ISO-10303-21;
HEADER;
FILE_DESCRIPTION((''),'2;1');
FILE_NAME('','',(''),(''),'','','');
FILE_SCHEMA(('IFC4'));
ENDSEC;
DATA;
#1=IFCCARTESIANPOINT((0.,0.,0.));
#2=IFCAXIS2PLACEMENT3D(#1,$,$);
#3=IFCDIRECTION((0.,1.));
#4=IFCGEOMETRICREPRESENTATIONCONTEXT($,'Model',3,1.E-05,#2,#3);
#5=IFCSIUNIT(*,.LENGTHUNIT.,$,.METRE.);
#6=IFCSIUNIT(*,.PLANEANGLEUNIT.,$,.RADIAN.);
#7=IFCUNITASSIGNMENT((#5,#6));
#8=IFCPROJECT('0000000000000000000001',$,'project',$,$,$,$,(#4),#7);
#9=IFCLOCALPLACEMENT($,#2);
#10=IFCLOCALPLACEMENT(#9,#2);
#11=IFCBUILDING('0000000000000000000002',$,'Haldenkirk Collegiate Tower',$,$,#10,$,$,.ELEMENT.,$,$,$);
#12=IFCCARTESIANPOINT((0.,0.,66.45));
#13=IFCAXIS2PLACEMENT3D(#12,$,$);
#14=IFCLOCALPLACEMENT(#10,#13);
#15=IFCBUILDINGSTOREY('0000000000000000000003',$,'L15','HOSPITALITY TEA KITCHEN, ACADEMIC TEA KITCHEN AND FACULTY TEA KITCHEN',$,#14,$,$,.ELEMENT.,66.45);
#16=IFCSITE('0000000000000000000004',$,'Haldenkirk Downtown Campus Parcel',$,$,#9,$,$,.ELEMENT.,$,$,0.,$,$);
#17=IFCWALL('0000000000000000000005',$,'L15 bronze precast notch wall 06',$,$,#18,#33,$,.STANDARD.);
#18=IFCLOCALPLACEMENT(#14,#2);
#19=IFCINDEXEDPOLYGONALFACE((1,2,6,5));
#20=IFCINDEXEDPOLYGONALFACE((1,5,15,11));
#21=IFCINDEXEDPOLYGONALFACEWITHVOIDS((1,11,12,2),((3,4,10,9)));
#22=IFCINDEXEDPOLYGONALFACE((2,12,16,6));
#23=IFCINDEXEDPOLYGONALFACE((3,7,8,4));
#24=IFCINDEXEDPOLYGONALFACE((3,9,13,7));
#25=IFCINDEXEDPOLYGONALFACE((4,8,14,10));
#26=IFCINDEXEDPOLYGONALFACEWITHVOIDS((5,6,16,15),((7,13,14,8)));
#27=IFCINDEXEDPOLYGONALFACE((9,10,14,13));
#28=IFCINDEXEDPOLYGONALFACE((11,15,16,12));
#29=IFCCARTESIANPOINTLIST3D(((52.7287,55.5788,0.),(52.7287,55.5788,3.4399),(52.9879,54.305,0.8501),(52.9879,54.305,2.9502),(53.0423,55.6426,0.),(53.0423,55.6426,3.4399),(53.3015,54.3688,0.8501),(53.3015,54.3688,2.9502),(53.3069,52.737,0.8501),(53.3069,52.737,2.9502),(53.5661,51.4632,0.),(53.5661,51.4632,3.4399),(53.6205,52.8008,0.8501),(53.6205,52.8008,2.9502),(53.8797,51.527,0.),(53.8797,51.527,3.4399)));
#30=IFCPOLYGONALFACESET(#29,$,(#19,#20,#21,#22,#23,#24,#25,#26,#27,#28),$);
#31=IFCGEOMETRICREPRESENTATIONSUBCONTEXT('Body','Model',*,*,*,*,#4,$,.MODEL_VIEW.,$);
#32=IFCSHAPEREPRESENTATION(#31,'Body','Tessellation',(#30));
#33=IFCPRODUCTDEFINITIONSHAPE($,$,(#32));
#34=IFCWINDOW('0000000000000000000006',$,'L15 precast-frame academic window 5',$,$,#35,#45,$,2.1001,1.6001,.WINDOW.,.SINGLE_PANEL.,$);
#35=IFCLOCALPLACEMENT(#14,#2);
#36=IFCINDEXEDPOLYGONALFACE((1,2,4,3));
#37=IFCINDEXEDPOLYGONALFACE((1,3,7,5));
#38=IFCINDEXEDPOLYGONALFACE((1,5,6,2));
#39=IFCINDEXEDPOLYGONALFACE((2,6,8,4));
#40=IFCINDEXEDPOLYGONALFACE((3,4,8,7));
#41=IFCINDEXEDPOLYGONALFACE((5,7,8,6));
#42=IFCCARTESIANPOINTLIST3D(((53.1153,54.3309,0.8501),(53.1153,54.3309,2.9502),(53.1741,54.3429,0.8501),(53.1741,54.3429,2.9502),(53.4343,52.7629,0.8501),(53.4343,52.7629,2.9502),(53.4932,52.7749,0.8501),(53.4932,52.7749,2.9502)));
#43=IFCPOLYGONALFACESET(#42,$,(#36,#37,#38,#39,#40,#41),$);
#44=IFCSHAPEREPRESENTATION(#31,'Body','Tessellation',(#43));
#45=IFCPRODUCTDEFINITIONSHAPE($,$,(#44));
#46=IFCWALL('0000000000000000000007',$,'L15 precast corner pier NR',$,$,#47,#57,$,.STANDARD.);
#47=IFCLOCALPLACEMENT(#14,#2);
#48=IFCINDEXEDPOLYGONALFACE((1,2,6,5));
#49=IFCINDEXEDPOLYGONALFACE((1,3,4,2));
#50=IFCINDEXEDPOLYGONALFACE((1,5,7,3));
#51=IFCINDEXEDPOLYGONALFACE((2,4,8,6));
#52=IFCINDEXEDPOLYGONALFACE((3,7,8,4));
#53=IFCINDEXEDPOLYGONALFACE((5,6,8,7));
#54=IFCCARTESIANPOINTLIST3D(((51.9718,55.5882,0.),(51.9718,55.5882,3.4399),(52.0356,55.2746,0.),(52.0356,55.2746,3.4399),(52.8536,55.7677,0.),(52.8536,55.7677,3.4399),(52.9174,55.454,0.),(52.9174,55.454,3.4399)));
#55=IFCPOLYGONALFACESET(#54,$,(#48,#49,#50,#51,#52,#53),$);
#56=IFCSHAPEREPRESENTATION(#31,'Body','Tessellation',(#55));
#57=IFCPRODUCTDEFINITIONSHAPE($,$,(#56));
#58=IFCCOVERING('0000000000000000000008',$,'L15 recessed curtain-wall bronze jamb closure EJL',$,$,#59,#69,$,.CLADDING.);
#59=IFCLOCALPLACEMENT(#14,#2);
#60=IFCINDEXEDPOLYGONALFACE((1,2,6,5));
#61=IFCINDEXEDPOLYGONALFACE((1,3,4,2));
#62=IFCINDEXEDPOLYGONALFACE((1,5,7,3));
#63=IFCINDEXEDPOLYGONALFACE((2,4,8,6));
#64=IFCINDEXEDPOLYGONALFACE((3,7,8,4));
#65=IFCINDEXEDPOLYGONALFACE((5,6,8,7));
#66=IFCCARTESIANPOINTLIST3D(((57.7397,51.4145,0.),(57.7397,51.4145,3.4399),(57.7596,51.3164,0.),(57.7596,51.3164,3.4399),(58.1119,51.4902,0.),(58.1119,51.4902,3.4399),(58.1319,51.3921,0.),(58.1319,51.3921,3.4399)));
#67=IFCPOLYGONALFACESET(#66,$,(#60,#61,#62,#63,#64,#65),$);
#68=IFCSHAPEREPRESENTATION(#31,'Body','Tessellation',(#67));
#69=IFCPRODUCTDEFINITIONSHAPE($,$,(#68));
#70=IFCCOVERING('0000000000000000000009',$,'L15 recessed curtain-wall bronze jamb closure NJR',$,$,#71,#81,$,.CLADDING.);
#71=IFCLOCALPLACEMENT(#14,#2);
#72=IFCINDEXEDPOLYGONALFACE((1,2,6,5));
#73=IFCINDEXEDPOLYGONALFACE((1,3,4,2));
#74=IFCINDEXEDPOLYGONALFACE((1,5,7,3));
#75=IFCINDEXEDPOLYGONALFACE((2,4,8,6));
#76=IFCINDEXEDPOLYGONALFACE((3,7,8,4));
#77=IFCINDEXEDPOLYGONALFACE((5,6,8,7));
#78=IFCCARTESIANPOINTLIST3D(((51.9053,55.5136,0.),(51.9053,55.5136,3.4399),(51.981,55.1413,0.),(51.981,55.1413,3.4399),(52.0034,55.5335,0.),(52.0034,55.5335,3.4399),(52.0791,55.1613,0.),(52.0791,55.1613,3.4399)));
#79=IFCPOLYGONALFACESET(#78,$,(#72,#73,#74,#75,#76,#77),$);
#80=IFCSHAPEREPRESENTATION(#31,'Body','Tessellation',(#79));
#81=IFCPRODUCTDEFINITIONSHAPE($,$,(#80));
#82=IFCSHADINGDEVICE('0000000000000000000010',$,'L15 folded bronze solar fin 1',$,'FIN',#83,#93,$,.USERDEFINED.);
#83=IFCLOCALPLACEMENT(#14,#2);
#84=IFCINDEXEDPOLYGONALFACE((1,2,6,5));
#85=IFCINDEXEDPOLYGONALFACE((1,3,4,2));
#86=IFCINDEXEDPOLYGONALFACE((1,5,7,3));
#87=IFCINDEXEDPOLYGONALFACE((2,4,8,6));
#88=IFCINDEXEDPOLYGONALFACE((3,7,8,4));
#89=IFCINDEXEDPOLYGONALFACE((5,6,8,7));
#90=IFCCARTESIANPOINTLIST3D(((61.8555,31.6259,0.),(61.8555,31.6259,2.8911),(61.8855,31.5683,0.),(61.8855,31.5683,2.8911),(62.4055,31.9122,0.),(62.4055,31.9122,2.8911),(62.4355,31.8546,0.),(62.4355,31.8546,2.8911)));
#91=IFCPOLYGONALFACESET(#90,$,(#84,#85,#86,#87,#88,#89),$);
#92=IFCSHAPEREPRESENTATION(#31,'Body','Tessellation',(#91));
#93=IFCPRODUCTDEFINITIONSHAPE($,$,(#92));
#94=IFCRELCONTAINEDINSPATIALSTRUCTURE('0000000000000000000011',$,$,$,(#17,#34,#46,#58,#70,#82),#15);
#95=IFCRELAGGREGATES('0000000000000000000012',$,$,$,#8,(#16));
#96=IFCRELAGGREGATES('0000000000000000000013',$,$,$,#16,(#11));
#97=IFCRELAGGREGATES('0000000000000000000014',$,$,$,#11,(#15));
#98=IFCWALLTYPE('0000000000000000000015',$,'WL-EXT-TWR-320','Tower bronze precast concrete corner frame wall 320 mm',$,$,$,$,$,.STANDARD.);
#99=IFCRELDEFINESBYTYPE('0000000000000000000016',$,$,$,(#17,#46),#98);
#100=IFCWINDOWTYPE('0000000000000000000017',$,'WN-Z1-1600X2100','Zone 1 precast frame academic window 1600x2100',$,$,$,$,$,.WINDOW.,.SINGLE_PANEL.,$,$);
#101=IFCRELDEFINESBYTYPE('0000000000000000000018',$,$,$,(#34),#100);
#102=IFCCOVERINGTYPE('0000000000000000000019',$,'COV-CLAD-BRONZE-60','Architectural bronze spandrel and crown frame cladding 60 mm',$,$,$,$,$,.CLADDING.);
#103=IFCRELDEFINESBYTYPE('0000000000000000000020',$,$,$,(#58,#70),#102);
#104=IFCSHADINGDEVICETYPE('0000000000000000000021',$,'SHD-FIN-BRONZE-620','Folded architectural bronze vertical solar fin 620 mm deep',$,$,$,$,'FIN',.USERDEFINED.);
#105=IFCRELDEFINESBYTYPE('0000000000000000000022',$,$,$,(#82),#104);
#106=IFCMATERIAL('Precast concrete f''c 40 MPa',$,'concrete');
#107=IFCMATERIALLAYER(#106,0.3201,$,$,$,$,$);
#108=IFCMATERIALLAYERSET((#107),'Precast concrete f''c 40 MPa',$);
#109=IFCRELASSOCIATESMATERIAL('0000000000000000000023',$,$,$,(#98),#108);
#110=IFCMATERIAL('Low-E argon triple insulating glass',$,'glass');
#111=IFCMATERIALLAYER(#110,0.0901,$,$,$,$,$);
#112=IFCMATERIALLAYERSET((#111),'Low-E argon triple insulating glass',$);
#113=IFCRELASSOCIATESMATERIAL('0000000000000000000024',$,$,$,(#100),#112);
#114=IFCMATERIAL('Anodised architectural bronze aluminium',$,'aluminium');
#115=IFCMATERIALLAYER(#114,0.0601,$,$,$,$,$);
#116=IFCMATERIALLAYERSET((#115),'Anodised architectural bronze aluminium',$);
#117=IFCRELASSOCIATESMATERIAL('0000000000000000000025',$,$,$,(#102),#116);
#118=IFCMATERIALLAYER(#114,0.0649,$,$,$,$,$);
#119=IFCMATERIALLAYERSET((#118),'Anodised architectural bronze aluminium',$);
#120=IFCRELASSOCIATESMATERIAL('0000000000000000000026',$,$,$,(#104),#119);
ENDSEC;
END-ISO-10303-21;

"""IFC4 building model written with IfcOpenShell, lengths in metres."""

from ifc_helpers import new_model, si_unit, direction, frame, frame_2d, origin, origin_2d, place, context, subcontext, project, spatial, rectangle, extrude, source, transform, mapped, material, layer, layer_set, type_object, element, fill, save


model = new_model("IFC4")

# Units and contexts
model_context = context("Model", 3, precision=1e-05, world=origin(), true_north=direction((0.0, 1.0)))
body_context = subcontext(model_context, "Body", "Model", "MODEL_VIEW")
ifc_project = project(units=[si_unit("LENGTHUNIT", "METRE"), si_unit("PLANEANGLEUNIT", "RADIAN")], contexts=[model_context])

# Site, building, storey
site_placement = place(None, origin())
site = spatial("IfcSite", under=ifc_project, at=site_placement, Name="Haldenkirk Downtown Campus Parcel", CompositionType="ELEMENT", RefElevation=0.0)
building_placement = place(site_placement, origin())
building = spatial("IfcBuilding", under=site, at=building_placement, Name="Haldenkirk Collegiate Tower", CompositionType="ELEMENT")
storey_placement = place(building_placement, frame((0.0, 0.0, 66.45)))
storey = spatial("IfcBuildingStorey", under=building, at=storey_placement, Name="L15", Description="HOSPITALITY TEA KITCHEN, ACADEMIC TEA KITCHEN AND FACULTY TEA KITCHEN", CompositionType="ELEMENT", Elevation=66.45)

# Shared definitions
ifc_material_1 = material(Name="Anodised architectural bronze aluminium", Category="aluminium")

# Shared definitions
ifc_material_2 = material(Name="Low-E argon triple insulating glass", Category="glass")

# Shared definitions
ifc_material_3 = material(Name="Precast concrete f'c 40 MPa", Category="concrete")
ifc_layer_1 = layer(ifc_material_3, 0.3201)
ifc_layer_set_1 = layer_set([ifc_layer_1], Name="Precast concrete f'c 40 MPa")
wall_type = type_object("IfcWallType", Name="WL-EXT-TWR-320", Description="Tower bronze precast concrete corner frame wall 320 mm", PredefinedType="STANDARD", material=ifc_layer_set_1)

# Wall, opening, window
wall_1_placement = place(storey_placement, frame((52.8855, 55.6108, 0.0), z_axis=(0.0, 0.0, 1.0), x_axis=(0.199379, -0.979922, 0.0)))
wall_1 = element("IfcWall", 1, at=wall_1_placement, inside=storey, type_object=wall_type, Name="L15 bronze precast notch wall 06", PredefinedType="STANDARD", context=body_context, shape_type="SweptSolid", body=[
    extrude(rectangle(XDim=4.2, YDim=0.3201, at=frame_2d((2.1001, 0.0))), origin(), (0.0, 0.0, 1.0), 3.4399),
])
opening_placement = place(wall_1_placement, frame((1.3, 0.0, 0.8501)))
opening = element("IfcOpeningElement", 2, at=opening_placement, cuts=wall_1, PredefinedType="OPENING", context=body_context, shape_type="SweptSolid", body=[
    extrude(rectangle(XDim=1.6001, YDim=2.1001, at=frame_2d((0.8, 1.05))), frame((0.0, 0.1699, 0.0), z_axis=(0.0, -1.0, 0.0), x_axis=(1.0, 0.0, 0.0)), (0.0, 0.0, 1.0), 0.3401),
])
ifc_layer_2 = layer(ifc_material_2, 0.0901)
ifc_layer_set_2 = layer_set([ifc_layer_2], Name="Low-E argon triple insulating glass")
window_type = type_object("IfcWindowType", Name="WN-Z1-1600X2100", Description="Zone 1 precast frame academic window 1600x2100", PartitioningType="SINGLE_PANEL", PredefinedType="WINDOW", material=ifc_layer_set_2)
window_placement = place(opening_placement, origin())
window = element("IfcWindow", 3, at=window_placement, inside=storey, type_object=window_type, Name="L15 precast-frame academic window 5", OverallHeight=2.1001, OverallWidth=1.6001, PartitioningType="SINGLE_PANEL", PredefinedType="WINDOW", context=body_context, shape_type="SweptSolid", body=[
    extrude(rectangle(XDim=1.6001, YDim=2.1001, at=frame_2d((0.8, 1.05))), frame((0.0, 0.03, 0.0), z_axis=(0.0, -1.0, 0.0), x_axis=(1.0, 0.0, 0.0)), (0.0, 0.0, 1.0), 0.0601),
])
fill(opening, window)

# Wall
wall_2_placement = place(storey_placement, frame((52.0037, 55.4314, 0.0), z_axis=(0.0, 0.0, 1.0), x_axis=(0.979918, 0.199402, 0.0)))
element("IfcWall", 4, at=wall_2_placement, inside=storey, type_object=wall_type, Name="L15 precast corner pier NR", PredefinedType="STANDARD", context=body_context, shape_type="SweptSolid", body=[
    extrude(rectangle(XDim=0.8999, YDim=0.3201, at=frame_2d((0.45, 0.0))), origin(), (0.0, 0.0, 1.0), 3.4399),
])

# Coverings
ifc_layer_3 = layer(ifc_material_1, 0.0601)
ifc_layer_set_3 = layer_set([ifc_layer_3], Name="Anodised architectural bronze aluminium")
covering_type = type_object("IfcCoveringType", Name="COV-CLAD-BRONZE-60", Description="Architectural bronze spandrel and crown frame cladding 60 mm", PredefinedType="CLADDING", material=ifc_layer_set_3)
shared_shape_1 = source(origin(), body_context, "Body", "SweptSolid", [
    extrude(rectangle(XDim=0.1001, YDim=0.3799, at=origin_2d()), origin(), (0.0, 0.0, 1.0), 3.4399),
])
for number, where, z_axis, x_axis, name in (
    (5, (57.9358, 51.4033, 0.0), (0.0, 0.0, 1.0), (0.199368, -0.979925, 0.0), "L15 recessed curtain-wall bronze jamb closure EJL"),
    (6, (51.9922, 55.3374, 0.0), (0.0, 0.0, 1.0), (0.979925, 0.199368, 0.0), "L15 recessed curtain-wall bronze jamb closure NJR"),
):
    element("IfcCovering", number, at=place(storey_placement, frame(where, z_axis=z_axis, x_axis=x_axis)), inside=storey, type_object=covering_type, Name=name, PredefinedType="CLADDING", context=body_context, shape_type="MappedRepresentation", body=[
        mapped(shared_shape_1, transform((0.0, 0.0, 0.0), x_axis=(1.0, 0.0, 0.0), y_axis=(0.0, 1.0, 0.0), z_axis=(0.0, 0.0, 1.0), scale=1.0)),
    ])

# Shading device
ifc_layer_4 = layer(ifc_material_1, 0.0649)
ifc_layer_set_4 = layer_set([ifc_layer_4], Name="Anodised architectural bronze aluminium")
shading_device_type = type_object("IfcShadingDeviceType", Name="SHD-FIN-BRONZE-620", Description="Folded architectural bronze vertical solar fin 620 mm deep", ElementType="FIN", PredefinedType="USERDEFINED", material=ifc_layer_set_4)
shared_shape_2 = source(origin(), body_context, "Body", "SweptSolid", [
    extrude(rectangle(XDim=0.6201, YDim=0.0649, at=origin_2d()), origin(), (0.0, 0.0, 1.0), 2.8911),
])
shading_device_placement = place(storey_placement, frame((62.1455, 31.7402, 0.0), z_axis=(0.0, 0.0, 1.0), x_axis=(0.887011, 0.461749, 0.0)))
element("IfcShadingDevice", 7, at=shading_device_placement, inside=storey, type_object=shading_device_type, Name="L15 folded bronze solar fin 1", ObjectType="FIN", PredefinedType="USERDEFINED", context=body_context, shape_type="MappedRepresentation", body=[
    mapped(shared_shape_2, transform((0.0, 0.0, 0.0), x_axis=(1.0, 0.0, 0.0), y_axis=(0.0, 1.0, 0.0), z_axis=(0.0, 0.0, 1.0), scale=1.0)),
])

save(model, "model.ifc")
